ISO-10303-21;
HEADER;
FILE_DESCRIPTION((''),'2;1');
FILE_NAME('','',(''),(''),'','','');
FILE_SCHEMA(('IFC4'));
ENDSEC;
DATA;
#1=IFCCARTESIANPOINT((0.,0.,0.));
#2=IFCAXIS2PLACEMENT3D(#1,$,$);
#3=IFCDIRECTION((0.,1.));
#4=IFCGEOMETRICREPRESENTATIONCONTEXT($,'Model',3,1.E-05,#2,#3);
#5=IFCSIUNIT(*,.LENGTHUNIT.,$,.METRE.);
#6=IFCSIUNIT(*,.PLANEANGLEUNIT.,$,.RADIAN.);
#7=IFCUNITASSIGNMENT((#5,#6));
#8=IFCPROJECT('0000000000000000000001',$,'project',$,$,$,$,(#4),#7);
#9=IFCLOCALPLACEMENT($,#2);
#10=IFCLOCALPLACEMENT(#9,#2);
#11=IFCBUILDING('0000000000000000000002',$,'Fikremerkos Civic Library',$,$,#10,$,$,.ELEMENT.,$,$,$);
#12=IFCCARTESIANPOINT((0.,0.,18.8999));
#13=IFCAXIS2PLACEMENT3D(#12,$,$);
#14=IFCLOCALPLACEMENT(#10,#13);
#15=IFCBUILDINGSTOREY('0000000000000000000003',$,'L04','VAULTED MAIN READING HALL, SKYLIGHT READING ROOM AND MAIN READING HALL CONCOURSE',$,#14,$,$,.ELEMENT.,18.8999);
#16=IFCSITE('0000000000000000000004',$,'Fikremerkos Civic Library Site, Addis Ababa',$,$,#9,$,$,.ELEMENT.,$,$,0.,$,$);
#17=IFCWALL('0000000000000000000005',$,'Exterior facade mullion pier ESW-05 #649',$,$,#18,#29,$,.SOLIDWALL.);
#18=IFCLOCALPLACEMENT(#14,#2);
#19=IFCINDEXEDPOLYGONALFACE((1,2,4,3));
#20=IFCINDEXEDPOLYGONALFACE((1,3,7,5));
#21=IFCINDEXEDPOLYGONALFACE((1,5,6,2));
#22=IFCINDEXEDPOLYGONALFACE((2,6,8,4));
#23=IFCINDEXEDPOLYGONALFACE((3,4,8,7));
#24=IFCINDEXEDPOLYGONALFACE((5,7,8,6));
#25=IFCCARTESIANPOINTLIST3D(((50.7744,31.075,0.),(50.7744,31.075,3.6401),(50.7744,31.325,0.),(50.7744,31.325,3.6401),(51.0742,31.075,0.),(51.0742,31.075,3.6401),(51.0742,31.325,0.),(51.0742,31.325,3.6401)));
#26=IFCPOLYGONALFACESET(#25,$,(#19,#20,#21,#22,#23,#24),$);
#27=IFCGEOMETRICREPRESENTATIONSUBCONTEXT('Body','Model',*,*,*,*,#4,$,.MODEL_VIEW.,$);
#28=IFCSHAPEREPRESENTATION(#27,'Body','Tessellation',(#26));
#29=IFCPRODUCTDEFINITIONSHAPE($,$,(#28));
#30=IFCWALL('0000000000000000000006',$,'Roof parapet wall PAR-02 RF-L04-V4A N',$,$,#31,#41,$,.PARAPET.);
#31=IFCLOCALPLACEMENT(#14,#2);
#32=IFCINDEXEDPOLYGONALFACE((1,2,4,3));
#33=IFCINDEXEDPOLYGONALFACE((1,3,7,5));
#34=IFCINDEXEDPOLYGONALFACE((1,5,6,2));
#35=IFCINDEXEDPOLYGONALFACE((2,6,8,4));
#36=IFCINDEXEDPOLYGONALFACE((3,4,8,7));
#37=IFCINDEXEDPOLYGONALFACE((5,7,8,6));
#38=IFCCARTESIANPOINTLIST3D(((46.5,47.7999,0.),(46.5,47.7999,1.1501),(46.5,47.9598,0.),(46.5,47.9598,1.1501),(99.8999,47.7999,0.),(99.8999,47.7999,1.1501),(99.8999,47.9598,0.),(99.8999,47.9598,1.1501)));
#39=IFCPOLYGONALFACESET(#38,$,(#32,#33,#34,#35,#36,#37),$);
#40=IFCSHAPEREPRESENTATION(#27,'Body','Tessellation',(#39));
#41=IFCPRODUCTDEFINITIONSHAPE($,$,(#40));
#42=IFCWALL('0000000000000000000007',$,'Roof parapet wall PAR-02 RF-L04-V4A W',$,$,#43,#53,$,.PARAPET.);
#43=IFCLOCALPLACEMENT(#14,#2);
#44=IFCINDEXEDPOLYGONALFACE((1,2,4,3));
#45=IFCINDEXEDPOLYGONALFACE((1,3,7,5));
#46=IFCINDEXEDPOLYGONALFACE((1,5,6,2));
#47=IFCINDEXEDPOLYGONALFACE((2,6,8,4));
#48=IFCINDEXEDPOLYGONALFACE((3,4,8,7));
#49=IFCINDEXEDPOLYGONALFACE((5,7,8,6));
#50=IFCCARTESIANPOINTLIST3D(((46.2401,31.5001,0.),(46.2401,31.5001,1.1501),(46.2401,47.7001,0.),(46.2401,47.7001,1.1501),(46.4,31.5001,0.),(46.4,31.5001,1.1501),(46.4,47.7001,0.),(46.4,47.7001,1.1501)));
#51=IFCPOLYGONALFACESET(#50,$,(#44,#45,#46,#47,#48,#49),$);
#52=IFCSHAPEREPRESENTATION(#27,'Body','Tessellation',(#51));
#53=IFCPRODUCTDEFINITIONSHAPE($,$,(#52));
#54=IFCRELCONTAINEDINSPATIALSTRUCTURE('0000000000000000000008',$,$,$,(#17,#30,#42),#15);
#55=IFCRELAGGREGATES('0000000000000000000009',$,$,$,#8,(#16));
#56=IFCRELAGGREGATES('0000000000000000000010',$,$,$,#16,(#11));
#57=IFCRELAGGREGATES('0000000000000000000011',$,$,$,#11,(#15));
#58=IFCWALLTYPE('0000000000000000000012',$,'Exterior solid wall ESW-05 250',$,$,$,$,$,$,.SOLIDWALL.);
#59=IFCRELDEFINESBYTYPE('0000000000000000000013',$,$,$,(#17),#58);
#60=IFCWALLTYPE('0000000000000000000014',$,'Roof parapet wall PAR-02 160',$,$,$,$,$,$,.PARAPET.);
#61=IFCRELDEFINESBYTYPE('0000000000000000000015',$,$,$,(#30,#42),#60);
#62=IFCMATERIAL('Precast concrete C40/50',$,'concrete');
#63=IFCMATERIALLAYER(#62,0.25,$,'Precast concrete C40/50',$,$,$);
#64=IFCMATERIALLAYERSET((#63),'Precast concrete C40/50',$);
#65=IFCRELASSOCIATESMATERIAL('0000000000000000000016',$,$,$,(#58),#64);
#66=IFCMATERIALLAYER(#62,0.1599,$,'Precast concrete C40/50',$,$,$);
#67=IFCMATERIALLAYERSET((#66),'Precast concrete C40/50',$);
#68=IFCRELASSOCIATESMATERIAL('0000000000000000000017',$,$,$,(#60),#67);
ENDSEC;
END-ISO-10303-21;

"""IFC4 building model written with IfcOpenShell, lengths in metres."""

from ifc_helpers import new_model, si_unit, direction, frame, frame_2d, origin, place, context, subcontext, project, spatial, rectangle, extrude, material, layer, layer_set, type_object, element, save


model = new_model("IFC4")

# Units and contexts
model_context = context("Model", 3, precision=1e-05, world=origin(), true_north=direction((0.0, 1.0)))
body_context = subcontext(model_context, "Body", "Model", "MODEL_VIEW")
ifc_project = project(units=[si_unit("LENGTHUNIT", "METRE"), si_unit("PLANEANGLEUNIT", "RADIAN")], contexts=[model_context])

# Site, building, storey
site_placement = place(None, origin())
site = spatial("IfcSite", under=ifc_project, at=site_placement, Name="Fikremerkos Civic Library Site, Addis Ababa", CompositionType="ELEMENT", RefElevation=0.0)
building_placement = place(site_placement, origin())
building = spatial("IfcBuilding", under=site, at=building_placement, Name="Fikremerkos Civic Library", CompositionType="ELEMENT")
storey_placement = place(building_placement, frame((0.0, 0.0, 18.8999)))
storey = spatial("IfcBuildingStorey", under=building, at=storey_placement, Name="L04", Description="VAULTED MAIN READING HALL, SKYLIGHT READING ROOM AND MAIN READING HALL CONCOURSE", CompositionType="ELEMENT", Elevation=18.8999)

# Walls
ifc_material_1 = material(Name="Precast concrete C40/50", Category="concrete")
ifc_layer_1 = layer(ifc_material_1, 0.25, Name="Precast concrete C40/50")
ifc_layer_set_1 = layer_set([ifc_layer_1], Name="Precast concrete C40/50")
wall_type_1 = type_object("IfcWallType", Name="Exterior solid wall ESW-05 250", PredefinedType="SOLIDWALL", material=ifc_layer_set_1)
wall_1_placement = place(storey_placement, frame((50.7744, 31.2, 0.0), z_axis=(0.0, 0.0, 1.0), x_axis=(1.0, 0.0, 0.0)))
element("IfcWall", 1, at=wall_1_placement, inside=storey, type_object=wall_type_1, Name="Exterior facade mullion pier ESW-05 #649", PredefinedType="SOLIDWALL", context=body_context, shape_type="SweptSolid", body=[
    extrude(rectangle(XDim=0.2998, YDim=0.25, at=frame_2d((0.1499, 0.0))), origin(), (0.0, 0.0, 1.0), 3.6401),
])
ifc_layer_2 = layer(ifc_material_1, 0.1599, Name="Precast concrete C40/50")
ifc_layer_set_2 = layer_set([ifc_layer_2], Name="Precast concrete C40/50")
wall_type_2 = type_object("IfcWallType", Name="Roof parapet wall PAR-02 160", PredefinedType="PARAPET", material=ifc_layer_set_2)
wall_2_placement = place(storey_placement, frame((46.5, 47.8799, 0.0), z_axis=(0.0, 0.0, 1.0), x_axis=(1.0, 0.0, 0.0)))
element("IfcWall", 2, at=wall_2_placement, inside=storey, type_object=wall_type_2, Name="Roof parapet wall PAR-02 RF-L04-V4A N", PredefinedType="PARAPET", context=body_context, shape_type="SweptSolid", body=[
    extrude(rectangle(XDim=53.3999, YDim=0.1599, at=frame_2d((26.7, 0.0))), origin(), (0.0, 0.0, 1.0), 1.1501),
])
wall_3_placement = place(storey_placement, frame((46.3201, 31.5, 0.0), z_axis=(0.0, 0.0, 1.0), x_axis=(0.0, 1.0, 0.0)))
element("IfcWall", 3, at=wall_3_placement, inside=storey, type_object=wall_type_2, Name="Roof parapet wall PAR-02 RF-L04-V4A W", PredefinedType="PARAPET", context=body_context, shape_type="SweptSolid", body=[
    extrude(rectangle(XDim=16.2, YDim=0.1599, at=frame_2d((8.1001, 0.0))), origin(), (0.0, 0.0, 1.0), 1.1501),
])

save(model, "model.ifc")
